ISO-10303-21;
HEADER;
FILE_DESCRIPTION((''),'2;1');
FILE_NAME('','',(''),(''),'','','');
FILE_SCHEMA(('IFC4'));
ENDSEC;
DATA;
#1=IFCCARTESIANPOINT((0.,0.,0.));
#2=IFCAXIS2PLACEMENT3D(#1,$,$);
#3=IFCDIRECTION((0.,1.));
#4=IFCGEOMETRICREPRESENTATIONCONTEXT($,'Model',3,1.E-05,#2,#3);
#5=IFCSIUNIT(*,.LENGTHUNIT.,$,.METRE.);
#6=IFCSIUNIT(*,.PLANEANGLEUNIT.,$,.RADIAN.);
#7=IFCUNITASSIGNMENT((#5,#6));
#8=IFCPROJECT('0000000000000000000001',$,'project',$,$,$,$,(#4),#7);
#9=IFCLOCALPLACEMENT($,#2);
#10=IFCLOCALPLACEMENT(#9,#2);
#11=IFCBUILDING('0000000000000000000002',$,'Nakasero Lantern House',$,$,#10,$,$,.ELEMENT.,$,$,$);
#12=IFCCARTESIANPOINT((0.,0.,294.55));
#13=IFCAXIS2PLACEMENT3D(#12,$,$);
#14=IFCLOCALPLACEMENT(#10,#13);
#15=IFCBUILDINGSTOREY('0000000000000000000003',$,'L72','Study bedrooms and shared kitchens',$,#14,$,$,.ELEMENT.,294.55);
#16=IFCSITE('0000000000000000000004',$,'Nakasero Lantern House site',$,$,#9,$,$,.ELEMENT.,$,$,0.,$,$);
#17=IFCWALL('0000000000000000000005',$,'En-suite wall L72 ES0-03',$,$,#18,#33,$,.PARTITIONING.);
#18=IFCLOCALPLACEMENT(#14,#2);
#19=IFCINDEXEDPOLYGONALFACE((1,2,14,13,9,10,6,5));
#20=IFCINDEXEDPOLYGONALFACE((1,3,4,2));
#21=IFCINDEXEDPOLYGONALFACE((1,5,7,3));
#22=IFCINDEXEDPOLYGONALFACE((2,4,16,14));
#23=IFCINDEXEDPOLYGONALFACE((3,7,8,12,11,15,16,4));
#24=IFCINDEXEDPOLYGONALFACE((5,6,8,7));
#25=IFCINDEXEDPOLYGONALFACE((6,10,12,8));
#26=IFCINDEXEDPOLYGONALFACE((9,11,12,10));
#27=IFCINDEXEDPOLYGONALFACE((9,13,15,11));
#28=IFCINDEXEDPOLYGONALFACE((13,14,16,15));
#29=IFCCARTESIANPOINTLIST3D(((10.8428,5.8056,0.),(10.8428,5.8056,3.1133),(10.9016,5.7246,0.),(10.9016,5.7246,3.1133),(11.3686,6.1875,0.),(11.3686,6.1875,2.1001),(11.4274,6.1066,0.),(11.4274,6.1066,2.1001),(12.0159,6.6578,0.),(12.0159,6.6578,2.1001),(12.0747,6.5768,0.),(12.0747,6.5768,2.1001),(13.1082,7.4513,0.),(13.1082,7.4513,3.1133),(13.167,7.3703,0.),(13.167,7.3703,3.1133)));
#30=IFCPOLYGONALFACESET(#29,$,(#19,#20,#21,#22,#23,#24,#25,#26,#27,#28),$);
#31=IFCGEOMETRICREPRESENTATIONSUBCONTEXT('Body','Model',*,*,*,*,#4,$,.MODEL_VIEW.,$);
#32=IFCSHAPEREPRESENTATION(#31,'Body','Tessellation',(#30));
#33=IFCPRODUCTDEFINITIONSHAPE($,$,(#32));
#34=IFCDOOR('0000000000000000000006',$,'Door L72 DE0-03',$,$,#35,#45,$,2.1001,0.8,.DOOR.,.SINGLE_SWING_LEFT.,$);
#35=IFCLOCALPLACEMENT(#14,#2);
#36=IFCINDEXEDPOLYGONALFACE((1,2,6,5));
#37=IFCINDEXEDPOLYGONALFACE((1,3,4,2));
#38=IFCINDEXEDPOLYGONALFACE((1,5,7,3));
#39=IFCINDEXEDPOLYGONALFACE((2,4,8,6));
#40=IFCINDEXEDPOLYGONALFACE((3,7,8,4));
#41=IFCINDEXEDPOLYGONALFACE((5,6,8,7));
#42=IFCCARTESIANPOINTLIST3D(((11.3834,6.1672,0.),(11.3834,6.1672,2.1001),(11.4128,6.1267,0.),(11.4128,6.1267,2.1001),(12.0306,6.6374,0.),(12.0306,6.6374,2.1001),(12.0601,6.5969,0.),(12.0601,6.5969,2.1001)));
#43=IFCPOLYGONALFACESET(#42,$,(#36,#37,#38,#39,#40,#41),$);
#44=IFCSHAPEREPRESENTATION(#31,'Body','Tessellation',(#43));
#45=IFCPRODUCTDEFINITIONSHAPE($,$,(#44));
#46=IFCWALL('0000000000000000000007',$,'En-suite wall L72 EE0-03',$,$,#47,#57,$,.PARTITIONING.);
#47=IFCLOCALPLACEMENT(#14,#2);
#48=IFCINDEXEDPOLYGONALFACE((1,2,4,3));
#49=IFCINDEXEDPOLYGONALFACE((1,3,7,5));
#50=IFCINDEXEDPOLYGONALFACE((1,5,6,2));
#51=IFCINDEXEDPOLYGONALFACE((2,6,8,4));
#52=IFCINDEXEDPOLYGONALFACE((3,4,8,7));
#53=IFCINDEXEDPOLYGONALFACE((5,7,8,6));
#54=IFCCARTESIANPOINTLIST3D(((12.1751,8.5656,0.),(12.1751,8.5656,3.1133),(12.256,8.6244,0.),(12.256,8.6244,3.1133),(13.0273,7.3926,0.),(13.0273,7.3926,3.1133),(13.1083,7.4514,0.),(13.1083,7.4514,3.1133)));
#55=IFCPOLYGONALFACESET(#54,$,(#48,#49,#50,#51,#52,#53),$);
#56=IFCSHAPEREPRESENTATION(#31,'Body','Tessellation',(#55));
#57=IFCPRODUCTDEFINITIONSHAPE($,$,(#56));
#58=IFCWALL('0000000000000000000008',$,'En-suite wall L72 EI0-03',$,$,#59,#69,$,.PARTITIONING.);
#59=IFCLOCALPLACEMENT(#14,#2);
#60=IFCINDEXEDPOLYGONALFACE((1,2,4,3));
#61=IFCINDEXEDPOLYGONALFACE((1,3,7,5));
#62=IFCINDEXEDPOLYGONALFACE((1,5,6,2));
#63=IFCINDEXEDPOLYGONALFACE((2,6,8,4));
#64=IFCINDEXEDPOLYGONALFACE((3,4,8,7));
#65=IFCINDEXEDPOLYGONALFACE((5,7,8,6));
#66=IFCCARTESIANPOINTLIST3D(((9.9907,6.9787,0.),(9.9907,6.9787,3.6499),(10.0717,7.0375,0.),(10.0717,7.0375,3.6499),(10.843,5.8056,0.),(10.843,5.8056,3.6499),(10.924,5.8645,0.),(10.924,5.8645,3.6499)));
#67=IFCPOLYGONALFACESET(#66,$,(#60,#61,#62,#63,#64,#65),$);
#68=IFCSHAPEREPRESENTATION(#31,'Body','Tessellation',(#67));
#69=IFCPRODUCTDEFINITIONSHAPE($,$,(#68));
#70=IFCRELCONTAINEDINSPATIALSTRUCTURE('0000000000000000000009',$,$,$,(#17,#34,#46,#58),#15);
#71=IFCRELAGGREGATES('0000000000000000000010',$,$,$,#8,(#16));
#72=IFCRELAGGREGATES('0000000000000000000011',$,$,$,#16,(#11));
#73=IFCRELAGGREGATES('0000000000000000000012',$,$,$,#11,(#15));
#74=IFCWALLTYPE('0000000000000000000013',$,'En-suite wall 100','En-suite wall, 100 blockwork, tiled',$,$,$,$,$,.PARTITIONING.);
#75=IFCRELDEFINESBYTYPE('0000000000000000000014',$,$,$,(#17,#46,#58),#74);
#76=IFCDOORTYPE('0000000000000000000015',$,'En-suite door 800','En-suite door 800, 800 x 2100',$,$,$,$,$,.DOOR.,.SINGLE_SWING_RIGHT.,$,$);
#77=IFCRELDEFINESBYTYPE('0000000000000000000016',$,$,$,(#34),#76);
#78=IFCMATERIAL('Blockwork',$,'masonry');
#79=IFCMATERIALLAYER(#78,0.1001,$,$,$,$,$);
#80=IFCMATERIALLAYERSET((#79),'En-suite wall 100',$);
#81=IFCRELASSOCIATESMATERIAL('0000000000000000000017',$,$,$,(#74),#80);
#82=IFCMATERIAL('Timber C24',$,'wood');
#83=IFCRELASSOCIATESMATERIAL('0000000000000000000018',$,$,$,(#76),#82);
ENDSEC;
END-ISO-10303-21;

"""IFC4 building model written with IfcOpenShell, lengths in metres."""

from ifc_helpers import new_model, si_unit, direction, frame, frame_2d, origin, place, context, subcontext, project, spatial, rectangle, extrude, material, layer, layer_set, type_object, element, fill, save


model = new_model("IFC4")

# Units and contexts
model_context = context("Model", 3, precision=1e-05, world=origin(), true_north=direction((0.0, 1.0)))
body_context = subcontext(model_context, "Body", "Model", "MODEL_VIEW")
ifc_project = project(units=[si_unit("LENGTHUNIT", "METRE"), si_unit("PLANEANGLEUNIT", "RADIAN")], contexts=[model_context])

# Site, building, storey
site_placement = place(None, origin())
site = spatial("IfcSite", under=ifc_project, at=site_placement, Name="Nakasero Lantern House site", CompositionType="ELEMENT", RefElevation=0.0)
building_placement = place(site_placement, origin())
building = spatial("IfcBuilding", under=site, at=building_placement, Name="Nakasero Lantern House", CompositionType="ELEMENT")
storey_placement = place(building_placement, frame((0.0, 0.0, 294.55)))
storey = spatial("IfcBuildingStorey", under=building, at=storey_placement, Name="L72", Description="Study bedrooms and shared kitchens", CompositionType="ELEMENT", Elevation=294.55)

# Wall, opening, door
ifc_material_1 = material(Name="Blockwork", Category="masonry")
ifc_layer_1 = layer(ifc_material_1, 0.1001)
ifc_layer_set_1 = layer_set([ifc_layer_1], Name="En-suite wall 100")
wall_type_1 = type_object("IfcWallType", Name="En-suite wall 100", Description="En-suite wall, 100 blockwork, tiled", PredefinedType="PARTITIONING", material=ifc_layer_set_1)
wall_1_placement = place(storey_placement, frame((10.8723, 5.7651, 0.0), z_axis=(0.0, 0.0, 1.0), x_axis=(0.809041, 0.587752, 0.0)))
wall_1 = element("IfcWall", 1, at=wall_1_placement, inside=storey, type_object=wall_type_1, Name="En-suite wall L72 ES0-03", PredefinedType="PARTITIONING", context=body_context, shape_type="SweptSolid", body=[
    extrude(rectangle(XDim=2.8, YDim=0.1001, at=frame_2d((1.3999, 0.0))), origin(), (0.0, 0.0, 1.0), 3.1133),
])
opening_1_placement = place(wall_1_placement, frame((0.6499, 0.0, 0.0)))
opening_1 = element("IfcOpeningElement", 2, at=opening_1_placement, cuts=wall_1, PredefinedType="OPENING", context=body_context, shape_type="SweptSolid", body=[
    extrude(rectangle(XDim=0.8, YDim=2.1001, at=frame_2d((0.3999, 1.05))), frame((0.0, 0.0701, 0.0), z_axis=(0.0, -1.0, 0.0), x_axis=(1.0, 0.0, 0.0)), (0.0, 0.0, 1.0), 0.1401),
])
ifc_material_2 = material(Name="Timber C24", Category="wood")
door_type_1 = type_object("IfcDoorType", Name="En-suite door 800", Description="En-suite door 800, 800 x 2100", OperationType="SINGLE_SWING_RIGHT", PredefinedType="DOOR", material=ifc_material_2)
door_1_placement = place(opening_1_placement, origin())
door_1 = element("IfcDoor", 3, at=door_1_placement, inside=storey, type_object=door_type_1, Name="Door L72 DE0-03", OperationType="SINGLE_SWING_LEFT", OverallHeight=2.1001, OverallWidth=0.8, PredefinedType="DOOR", context=body_context, shape_type="SweptSolid", body=[
    extrude(rectangle(XDim=0.8, YDim=2.1001, at=frame_2d((0.3999, 1.05))), frame((0.0, 0.0249, 0.0), z_axis=(0.0, -1.0, 0.0), x_axis=(1.0, 0.0, 0.0)), (0.0, 0.0, 1.0), 0.05),
])
fill(opening_1, door_1)

# Walls
wall_2_placement = place(storey_placement, frame((13.0679, 7.4219, 0.0), z_axis=(0.0, 0.0, 1.0), x_axis=(-0.587781, 0.80902, 0.0)))
element("IfcWall", 4, at=wall_2_placement, inside=storey, type_object=wall_type_1, Name="En-suite wall L72 EE0-03", PredefinedType="PARTITIONING", context=body_context, shape_type="SweptSolid", body=[
    extrude(rectangle(XDim=1.45, YDim=0.1001, at=frame_2d((0.7251, 0.0))), origin(), (0.0, 0.0, 1.0), 3.1133),
])
wall_3_placement = place(storey_placement, frame((10.8835, 5.835, 0.0), z_axis=(0.0, 0.0, 1.0), x_axis=(-0.587781, 0.80902, 0.0)))
element("IfcWall", 5, at=wall_3_placement, inside=storey, type_object=wall_type_1, Name="En-suite wall L72 EI0-03", PredefinedType="PARTITIONING", context=body_context, shape_type="SweptSolid", body=[
    extrude(rectangle(XDim=1.45, YDim=0.1001, at=frame_2d((0.7251, 0.0))), origin(), (0.0, 0.0, 1.0), 3.6499),
])

save(model, "model.ifc")
